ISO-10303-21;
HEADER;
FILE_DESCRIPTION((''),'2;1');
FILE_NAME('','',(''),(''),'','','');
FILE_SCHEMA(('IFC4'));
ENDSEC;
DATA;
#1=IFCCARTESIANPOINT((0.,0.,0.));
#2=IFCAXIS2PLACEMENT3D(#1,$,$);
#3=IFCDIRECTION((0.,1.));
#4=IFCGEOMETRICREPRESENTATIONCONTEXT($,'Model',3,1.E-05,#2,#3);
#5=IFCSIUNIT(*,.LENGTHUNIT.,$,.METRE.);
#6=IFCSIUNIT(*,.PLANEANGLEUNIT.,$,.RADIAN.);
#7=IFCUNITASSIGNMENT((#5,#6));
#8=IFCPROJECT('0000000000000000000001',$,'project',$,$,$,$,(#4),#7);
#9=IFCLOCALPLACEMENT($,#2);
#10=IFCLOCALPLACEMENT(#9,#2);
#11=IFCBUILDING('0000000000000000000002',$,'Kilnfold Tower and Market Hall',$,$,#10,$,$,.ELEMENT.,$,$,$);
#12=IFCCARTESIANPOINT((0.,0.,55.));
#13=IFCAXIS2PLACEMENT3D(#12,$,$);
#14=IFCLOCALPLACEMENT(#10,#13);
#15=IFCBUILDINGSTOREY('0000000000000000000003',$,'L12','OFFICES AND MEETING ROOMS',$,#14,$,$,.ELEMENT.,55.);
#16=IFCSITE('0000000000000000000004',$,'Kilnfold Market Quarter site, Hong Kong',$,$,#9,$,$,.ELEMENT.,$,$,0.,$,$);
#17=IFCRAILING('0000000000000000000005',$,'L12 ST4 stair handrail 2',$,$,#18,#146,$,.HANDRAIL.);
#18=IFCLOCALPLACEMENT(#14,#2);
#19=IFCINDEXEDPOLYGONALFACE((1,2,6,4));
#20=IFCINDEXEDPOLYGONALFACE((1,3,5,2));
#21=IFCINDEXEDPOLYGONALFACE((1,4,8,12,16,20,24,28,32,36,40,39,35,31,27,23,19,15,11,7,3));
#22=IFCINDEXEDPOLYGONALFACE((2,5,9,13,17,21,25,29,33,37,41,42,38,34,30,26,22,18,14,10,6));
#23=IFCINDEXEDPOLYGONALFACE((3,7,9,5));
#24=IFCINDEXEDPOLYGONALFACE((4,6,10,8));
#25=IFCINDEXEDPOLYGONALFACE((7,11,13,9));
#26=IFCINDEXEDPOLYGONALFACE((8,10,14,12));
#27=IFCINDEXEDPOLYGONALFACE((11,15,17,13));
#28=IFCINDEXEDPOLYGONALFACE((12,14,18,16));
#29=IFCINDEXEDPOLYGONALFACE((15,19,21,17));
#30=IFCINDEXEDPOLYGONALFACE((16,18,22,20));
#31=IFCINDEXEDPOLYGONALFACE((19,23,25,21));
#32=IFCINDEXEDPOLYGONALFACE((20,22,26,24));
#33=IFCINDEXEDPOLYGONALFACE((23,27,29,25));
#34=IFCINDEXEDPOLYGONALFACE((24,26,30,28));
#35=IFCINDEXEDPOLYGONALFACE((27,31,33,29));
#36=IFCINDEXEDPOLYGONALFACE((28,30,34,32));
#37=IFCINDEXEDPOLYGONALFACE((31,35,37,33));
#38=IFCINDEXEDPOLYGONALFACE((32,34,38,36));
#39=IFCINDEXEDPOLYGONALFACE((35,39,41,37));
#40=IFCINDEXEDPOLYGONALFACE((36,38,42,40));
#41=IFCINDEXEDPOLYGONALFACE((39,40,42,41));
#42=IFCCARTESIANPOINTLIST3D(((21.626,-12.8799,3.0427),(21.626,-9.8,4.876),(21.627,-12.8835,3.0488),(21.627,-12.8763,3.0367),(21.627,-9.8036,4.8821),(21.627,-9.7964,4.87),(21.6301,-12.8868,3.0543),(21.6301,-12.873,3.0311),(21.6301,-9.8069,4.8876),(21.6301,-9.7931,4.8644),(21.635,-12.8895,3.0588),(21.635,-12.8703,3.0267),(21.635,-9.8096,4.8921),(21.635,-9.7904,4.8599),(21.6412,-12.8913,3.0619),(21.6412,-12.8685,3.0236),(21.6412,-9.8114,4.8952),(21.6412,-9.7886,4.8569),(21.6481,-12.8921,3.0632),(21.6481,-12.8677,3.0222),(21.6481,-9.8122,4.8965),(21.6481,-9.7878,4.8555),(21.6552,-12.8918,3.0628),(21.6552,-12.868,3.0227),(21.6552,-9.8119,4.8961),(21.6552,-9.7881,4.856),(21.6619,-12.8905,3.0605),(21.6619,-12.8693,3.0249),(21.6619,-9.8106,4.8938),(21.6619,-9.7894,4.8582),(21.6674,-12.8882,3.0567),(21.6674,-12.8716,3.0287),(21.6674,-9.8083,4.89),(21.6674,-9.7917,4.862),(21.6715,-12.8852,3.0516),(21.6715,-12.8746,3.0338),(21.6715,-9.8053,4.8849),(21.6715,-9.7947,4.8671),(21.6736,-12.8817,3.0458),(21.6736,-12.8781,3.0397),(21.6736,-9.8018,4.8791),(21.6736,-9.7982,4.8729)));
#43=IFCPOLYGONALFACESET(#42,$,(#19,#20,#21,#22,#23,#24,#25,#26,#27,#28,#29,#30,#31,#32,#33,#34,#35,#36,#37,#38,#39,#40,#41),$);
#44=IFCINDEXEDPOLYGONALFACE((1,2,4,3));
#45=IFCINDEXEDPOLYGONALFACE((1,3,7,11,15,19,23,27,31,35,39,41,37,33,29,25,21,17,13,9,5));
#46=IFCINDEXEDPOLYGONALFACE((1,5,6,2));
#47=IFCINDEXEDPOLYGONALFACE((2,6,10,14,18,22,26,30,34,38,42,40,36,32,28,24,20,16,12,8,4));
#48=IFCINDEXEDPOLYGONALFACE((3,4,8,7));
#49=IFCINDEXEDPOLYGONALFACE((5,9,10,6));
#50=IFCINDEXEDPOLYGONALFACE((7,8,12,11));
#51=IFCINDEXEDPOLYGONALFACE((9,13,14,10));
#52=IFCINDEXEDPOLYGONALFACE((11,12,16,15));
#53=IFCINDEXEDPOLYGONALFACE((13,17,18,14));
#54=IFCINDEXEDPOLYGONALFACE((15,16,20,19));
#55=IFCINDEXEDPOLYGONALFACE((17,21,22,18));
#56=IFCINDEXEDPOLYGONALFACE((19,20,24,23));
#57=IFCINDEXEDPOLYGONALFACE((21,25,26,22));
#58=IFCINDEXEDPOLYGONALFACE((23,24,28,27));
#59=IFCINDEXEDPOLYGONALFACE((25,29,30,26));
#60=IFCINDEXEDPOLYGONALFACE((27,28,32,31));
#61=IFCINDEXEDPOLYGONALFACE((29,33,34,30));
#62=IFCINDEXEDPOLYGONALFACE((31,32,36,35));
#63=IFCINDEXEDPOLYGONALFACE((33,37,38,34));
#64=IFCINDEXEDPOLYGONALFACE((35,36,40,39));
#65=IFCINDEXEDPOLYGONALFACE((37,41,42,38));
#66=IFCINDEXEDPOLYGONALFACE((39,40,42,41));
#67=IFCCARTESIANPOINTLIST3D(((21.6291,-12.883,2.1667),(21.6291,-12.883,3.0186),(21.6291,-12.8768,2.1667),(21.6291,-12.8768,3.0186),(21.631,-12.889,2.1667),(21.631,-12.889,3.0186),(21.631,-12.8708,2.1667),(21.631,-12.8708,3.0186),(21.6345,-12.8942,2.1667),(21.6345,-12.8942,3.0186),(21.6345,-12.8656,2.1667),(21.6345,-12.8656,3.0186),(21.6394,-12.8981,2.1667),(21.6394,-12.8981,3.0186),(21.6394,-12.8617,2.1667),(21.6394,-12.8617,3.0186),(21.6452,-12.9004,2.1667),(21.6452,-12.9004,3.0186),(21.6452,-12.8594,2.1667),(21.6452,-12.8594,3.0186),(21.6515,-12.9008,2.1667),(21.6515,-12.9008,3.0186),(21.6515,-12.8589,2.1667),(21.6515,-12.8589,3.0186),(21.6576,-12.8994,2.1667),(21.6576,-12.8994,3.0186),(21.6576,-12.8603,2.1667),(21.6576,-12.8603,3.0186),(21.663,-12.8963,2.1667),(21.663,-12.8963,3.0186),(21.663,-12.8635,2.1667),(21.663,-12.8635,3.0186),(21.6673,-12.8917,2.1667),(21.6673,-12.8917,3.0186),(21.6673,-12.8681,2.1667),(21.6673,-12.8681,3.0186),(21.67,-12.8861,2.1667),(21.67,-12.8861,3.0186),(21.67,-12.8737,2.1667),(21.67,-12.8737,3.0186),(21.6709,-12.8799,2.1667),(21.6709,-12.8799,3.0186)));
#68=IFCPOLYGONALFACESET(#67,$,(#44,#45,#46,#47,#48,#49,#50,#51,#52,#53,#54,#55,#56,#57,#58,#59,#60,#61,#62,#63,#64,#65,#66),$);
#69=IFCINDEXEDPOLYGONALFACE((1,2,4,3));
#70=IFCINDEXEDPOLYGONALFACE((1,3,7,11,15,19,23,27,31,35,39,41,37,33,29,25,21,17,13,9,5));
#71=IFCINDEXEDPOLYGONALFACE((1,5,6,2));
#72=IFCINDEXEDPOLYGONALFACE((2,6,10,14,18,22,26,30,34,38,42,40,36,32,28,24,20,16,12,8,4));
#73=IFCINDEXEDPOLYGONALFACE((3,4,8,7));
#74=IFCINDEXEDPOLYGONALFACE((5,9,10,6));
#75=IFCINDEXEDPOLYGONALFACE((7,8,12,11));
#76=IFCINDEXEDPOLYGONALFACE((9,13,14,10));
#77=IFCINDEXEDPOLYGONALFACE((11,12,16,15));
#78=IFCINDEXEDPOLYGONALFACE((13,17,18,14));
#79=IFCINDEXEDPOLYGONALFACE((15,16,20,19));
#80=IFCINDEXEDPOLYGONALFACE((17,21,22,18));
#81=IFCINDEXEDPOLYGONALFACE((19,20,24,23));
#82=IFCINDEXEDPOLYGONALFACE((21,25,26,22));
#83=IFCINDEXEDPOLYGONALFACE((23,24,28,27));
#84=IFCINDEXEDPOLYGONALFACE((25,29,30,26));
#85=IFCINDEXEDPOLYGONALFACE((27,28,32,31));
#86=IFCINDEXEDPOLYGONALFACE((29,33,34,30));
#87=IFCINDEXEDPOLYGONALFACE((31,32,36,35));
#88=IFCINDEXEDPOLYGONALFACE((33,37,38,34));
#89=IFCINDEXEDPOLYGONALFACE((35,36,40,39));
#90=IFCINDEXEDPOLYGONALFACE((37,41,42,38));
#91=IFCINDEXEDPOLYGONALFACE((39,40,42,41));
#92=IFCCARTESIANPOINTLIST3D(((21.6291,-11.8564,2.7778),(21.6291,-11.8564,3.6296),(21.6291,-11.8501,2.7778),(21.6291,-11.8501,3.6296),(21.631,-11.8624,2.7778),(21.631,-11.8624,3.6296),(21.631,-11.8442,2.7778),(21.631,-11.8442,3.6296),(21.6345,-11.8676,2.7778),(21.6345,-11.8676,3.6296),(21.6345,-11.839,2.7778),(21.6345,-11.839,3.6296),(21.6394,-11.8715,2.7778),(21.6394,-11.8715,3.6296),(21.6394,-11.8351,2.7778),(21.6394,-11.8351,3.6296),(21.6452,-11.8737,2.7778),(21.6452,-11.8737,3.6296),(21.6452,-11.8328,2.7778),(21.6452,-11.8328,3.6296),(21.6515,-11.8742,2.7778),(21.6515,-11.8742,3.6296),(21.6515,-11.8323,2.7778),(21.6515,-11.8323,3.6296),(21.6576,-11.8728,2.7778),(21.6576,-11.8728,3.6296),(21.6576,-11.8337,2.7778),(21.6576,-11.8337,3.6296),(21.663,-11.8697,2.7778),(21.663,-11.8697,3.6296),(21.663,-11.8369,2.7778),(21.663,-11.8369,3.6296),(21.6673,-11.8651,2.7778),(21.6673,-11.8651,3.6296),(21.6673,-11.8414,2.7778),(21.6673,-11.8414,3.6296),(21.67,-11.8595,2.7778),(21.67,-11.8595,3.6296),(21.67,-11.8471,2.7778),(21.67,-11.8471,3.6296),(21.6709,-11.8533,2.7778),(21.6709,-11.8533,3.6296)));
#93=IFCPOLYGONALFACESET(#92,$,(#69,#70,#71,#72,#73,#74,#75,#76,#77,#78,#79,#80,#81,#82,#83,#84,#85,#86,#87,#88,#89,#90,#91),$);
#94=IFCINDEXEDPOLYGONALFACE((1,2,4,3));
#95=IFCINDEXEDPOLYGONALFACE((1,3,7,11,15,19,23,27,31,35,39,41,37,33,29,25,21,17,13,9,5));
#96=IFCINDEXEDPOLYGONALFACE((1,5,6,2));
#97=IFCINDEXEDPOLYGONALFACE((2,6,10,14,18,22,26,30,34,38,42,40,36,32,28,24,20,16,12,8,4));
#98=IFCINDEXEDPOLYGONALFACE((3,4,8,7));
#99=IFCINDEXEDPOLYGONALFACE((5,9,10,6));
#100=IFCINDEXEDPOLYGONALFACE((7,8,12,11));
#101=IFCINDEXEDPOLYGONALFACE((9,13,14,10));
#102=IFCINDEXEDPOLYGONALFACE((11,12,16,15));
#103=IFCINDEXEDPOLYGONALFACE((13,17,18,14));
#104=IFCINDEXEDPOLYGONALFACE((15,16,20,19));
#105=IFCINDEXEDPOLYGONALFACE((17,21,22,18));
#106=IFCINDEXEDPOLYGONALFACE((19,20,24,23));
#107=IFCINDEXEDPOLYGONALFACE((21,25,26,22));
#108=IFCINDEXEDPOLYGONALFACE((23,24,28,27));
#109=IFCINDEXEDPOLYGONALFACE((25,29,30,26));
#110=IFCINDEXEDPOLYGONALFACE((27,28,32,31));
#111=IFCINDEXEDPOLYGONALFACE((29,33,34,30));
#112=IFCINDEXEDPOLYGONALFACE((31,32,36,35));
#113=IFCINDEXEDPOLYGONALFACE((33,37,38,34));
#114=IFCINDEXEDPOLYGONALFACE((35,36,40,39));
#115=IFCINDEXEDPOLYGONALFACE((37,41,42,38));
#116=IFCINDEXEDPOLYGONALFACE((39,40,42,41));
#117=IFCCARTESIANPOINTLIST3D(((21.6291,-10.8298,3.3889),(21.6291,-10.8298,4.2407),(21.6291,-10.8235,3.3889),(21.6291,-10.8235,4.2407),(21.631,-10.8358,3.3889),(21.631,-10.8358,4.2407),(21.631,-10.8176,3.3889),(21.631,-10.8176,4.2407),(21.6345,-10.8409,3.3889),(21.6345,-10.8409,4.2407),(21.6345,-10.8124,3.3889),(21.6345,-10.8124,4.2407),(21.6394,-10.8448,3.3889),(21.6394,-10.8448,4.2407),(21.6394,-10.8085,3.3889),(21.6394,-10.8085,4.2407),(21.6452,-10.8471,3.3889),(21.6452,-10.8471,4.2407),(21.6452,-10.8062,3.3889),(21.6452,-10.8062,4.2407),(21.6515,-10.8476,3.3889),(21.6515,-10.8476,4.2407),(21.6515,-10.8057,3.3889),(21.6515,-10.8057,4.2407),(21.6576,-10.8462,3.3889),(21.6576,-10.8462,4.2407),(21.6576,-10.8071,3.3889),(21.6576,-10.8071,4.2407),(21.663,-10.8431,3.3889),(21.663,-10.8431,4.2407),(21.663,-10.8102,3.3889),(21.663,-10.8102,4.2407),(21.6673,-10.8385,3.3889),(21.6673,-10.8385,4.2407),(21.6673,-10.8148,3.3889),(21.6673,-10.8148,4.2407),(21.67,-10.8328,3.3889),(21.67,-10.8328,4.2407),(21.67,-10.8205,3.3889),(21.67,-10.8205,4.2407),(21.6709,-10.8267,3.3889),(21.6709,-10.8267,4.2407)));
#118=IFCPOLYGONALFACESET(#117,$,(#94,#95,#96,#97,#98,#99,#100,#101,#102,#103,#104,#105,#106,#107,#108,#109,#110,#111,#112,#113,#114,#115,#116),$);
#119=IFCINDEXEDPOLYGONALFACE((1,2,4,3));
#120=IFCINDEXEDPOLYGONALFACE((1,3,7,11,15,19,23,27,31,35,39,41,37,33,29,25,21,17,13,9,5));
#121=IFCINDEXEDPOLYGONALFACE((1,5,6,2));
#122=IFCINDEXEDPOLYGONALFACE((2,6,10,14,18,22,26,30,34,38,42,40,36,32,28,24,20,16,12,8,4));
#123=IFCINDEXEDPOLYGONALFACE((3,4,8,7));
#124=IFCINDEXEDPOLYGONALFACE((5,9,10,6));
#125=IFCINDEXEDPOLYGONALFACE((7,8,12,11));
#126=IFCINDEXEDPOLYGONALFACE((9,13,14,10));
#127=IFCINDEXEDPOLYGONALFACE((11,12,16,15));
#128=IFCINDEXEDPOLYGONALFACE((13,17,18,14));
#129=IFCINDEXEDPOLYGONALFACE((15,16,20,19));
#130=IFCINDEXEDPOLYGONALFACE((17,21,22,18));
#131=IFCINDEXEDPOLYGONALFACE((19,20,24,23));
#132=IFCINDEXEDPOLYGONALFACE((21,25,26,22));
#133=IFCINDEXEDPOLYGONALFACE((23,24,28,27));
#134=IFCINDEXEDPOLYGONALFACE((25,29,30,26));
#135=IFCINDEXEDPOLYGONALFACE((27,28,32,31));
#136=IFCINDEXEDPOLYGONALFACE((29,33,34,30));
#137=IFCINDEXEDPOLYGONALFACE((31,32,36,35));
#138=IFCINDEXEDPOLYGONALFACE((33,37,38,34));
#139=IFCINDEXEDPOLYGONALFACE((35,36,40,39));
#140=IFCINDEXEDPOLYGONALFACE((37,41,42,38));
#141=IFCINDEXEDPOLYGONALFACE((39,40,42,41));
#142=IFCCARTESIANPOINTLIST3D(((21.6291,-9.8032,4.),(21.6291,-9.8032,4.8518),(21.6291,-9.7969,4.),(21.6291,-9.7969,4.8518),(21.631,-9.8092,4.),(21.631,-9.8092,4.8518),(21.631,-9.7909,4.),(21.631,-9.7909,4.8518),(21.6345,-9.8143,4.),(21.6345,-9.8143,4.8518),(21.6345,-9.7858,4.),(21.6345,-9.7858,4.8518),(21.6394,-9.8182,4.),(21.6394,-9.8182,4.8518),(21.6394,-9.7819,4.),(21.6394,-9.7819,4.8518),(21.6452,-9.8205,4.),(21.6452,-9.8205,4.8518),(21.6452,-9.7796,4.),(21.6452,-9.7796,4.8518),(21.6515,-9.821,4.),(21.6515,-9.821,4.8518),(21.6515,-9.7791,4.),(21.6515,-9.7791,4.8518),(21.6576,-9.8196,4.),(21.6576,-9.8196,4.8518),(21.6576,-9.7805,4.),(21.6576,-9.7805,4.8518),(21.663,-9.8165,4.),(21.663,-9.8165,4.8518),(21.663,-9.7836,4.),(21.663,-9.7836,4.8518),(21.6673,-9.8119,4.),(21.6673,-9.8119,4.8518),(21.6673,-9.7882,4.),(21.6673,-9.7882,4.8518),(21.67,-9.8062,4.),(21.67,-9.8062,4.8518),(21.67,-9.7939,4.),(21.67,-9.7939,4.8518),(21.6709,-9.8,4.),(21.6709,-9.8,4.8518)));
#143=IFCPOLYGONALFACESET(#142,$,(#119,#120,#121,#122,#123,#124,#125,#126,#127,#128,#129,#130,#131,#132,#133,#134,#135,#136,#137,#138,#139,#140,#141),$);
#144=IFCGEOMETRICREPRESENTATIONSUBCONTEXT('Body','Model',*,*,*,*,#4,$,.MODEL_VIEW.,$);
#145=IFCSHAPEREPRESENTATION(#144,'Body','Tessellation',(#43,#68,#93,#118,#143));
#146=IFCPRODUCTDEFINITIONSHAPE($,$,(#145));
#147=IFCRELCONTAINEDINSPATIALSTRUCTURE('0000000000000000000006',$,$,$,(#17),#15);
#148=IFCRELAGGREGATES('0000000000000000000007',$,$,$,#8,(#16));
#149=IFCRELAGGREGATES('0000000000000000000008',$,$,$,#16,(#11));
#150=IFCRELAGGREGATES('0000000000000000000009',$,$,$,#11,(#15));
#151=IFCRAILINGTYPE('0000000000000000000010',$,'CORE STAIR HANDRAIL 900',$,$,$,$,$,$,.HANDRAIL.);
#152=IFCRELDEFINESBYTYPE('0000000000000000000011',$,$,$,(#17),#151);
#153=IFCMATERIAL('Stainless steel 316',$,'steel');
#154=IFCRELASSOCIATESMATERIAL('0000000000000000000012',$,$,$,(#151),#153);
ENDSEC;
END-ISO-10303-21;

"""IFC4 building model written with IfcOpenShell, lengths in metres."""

from ifc_helpers import new_model, si_unit, direction, frame, origin, origin_2d, place, context, subcontext, project, spatial, circle, extrude, material, type_object, element, save


model = new_model("IFC4")

# Units and contexts
model_context = context("Model", 3, precision=1e-05, world=origin(), true_north=direction((0.0, 1.0)))
body_context = subcontext(model_context, "Body", "Model", "MODEL_VIEW")
ifc_project = project(units=[si_unit("LENGTHUNIT", "METRE"), si_unit("PLANEANGLEUNIT", "RADIAN")], contexts=[model_context])

# Site, building, storey
site_placement = place(None, origin())
site = spatial("IfcSite", under=ifc_project, at=site_placement, Name="Kilnfold Market Quarter site, Hong Kong", CompositionType="ELEMENT", RefElevation=0.0)
building_placement = place(site_placement, origin())
building = spatial("IfcBuilding", under=site, at=building_placement, Name="Kilnfold Tower and Market Hall", CompositionType="ELEMENT")
storey_placement = place(building_placement, frame((0.0, 0.0, 55.0)))
storey = spatial("IfcBuildingStorey", under=building, at=storey_placement, Name="L12", Description="OFFICES AND MEETING ROOMS", CompositionType="ELEMENT", Elevation=55.0)

# Railing
ifc_material_1 = material(Name="Stainless steel 316", Category="steel")
railing_type = type_object("IfcRailingType", Name="CORE STAIR HANDRAIL 900", PredefinedType="HANDRAIL", material=ifc_material_1)
railing_placement = place(storey_placement, frame((21.6499, -12.8799, 2.1667)))
element("IfcRailing", 1, at=railing_placement, inside=storey, type_object=railing_type, Name="L12 ST4 stair handrail 2", PredefinedType="HANDRAIL", context=body_context, shape_type="SweptSolid", body=[
    extrude(circle(Radius=0.0239, at=origin_2d()), frame((0.0, 0.0, 0.876), z_axis=(0.0, 0.859291, 0.511487), x_axis=(-1.0, 0.0, 0.0)), (0.0, 0.0, 1.0), 3.5842),
    extrude(circle(Radius=0.021, at=origin_2d()), origin(), (0.0, 0.0, 1.0), 0.8518),
    extrude(circle(Radius=0.021, at=origin_2d()), frame((0.0, 1.0266, 0.6111)), (0.0, 0.0, 1.0), 0.8518),
    extrude(circle(Radius=0.021, at=origin_2d()), frame((0.0, 2.0532, 1.2222)), (0.0, 0.0, 1.0), 0.8518),
    extrude(circle(Radius=0.021, at=origin_2d()), frame((0.0, 3.0798, 1.8333)), (0.0, 0.0, 1.0), 0.8518),
])

save(model, "model.ifc")
